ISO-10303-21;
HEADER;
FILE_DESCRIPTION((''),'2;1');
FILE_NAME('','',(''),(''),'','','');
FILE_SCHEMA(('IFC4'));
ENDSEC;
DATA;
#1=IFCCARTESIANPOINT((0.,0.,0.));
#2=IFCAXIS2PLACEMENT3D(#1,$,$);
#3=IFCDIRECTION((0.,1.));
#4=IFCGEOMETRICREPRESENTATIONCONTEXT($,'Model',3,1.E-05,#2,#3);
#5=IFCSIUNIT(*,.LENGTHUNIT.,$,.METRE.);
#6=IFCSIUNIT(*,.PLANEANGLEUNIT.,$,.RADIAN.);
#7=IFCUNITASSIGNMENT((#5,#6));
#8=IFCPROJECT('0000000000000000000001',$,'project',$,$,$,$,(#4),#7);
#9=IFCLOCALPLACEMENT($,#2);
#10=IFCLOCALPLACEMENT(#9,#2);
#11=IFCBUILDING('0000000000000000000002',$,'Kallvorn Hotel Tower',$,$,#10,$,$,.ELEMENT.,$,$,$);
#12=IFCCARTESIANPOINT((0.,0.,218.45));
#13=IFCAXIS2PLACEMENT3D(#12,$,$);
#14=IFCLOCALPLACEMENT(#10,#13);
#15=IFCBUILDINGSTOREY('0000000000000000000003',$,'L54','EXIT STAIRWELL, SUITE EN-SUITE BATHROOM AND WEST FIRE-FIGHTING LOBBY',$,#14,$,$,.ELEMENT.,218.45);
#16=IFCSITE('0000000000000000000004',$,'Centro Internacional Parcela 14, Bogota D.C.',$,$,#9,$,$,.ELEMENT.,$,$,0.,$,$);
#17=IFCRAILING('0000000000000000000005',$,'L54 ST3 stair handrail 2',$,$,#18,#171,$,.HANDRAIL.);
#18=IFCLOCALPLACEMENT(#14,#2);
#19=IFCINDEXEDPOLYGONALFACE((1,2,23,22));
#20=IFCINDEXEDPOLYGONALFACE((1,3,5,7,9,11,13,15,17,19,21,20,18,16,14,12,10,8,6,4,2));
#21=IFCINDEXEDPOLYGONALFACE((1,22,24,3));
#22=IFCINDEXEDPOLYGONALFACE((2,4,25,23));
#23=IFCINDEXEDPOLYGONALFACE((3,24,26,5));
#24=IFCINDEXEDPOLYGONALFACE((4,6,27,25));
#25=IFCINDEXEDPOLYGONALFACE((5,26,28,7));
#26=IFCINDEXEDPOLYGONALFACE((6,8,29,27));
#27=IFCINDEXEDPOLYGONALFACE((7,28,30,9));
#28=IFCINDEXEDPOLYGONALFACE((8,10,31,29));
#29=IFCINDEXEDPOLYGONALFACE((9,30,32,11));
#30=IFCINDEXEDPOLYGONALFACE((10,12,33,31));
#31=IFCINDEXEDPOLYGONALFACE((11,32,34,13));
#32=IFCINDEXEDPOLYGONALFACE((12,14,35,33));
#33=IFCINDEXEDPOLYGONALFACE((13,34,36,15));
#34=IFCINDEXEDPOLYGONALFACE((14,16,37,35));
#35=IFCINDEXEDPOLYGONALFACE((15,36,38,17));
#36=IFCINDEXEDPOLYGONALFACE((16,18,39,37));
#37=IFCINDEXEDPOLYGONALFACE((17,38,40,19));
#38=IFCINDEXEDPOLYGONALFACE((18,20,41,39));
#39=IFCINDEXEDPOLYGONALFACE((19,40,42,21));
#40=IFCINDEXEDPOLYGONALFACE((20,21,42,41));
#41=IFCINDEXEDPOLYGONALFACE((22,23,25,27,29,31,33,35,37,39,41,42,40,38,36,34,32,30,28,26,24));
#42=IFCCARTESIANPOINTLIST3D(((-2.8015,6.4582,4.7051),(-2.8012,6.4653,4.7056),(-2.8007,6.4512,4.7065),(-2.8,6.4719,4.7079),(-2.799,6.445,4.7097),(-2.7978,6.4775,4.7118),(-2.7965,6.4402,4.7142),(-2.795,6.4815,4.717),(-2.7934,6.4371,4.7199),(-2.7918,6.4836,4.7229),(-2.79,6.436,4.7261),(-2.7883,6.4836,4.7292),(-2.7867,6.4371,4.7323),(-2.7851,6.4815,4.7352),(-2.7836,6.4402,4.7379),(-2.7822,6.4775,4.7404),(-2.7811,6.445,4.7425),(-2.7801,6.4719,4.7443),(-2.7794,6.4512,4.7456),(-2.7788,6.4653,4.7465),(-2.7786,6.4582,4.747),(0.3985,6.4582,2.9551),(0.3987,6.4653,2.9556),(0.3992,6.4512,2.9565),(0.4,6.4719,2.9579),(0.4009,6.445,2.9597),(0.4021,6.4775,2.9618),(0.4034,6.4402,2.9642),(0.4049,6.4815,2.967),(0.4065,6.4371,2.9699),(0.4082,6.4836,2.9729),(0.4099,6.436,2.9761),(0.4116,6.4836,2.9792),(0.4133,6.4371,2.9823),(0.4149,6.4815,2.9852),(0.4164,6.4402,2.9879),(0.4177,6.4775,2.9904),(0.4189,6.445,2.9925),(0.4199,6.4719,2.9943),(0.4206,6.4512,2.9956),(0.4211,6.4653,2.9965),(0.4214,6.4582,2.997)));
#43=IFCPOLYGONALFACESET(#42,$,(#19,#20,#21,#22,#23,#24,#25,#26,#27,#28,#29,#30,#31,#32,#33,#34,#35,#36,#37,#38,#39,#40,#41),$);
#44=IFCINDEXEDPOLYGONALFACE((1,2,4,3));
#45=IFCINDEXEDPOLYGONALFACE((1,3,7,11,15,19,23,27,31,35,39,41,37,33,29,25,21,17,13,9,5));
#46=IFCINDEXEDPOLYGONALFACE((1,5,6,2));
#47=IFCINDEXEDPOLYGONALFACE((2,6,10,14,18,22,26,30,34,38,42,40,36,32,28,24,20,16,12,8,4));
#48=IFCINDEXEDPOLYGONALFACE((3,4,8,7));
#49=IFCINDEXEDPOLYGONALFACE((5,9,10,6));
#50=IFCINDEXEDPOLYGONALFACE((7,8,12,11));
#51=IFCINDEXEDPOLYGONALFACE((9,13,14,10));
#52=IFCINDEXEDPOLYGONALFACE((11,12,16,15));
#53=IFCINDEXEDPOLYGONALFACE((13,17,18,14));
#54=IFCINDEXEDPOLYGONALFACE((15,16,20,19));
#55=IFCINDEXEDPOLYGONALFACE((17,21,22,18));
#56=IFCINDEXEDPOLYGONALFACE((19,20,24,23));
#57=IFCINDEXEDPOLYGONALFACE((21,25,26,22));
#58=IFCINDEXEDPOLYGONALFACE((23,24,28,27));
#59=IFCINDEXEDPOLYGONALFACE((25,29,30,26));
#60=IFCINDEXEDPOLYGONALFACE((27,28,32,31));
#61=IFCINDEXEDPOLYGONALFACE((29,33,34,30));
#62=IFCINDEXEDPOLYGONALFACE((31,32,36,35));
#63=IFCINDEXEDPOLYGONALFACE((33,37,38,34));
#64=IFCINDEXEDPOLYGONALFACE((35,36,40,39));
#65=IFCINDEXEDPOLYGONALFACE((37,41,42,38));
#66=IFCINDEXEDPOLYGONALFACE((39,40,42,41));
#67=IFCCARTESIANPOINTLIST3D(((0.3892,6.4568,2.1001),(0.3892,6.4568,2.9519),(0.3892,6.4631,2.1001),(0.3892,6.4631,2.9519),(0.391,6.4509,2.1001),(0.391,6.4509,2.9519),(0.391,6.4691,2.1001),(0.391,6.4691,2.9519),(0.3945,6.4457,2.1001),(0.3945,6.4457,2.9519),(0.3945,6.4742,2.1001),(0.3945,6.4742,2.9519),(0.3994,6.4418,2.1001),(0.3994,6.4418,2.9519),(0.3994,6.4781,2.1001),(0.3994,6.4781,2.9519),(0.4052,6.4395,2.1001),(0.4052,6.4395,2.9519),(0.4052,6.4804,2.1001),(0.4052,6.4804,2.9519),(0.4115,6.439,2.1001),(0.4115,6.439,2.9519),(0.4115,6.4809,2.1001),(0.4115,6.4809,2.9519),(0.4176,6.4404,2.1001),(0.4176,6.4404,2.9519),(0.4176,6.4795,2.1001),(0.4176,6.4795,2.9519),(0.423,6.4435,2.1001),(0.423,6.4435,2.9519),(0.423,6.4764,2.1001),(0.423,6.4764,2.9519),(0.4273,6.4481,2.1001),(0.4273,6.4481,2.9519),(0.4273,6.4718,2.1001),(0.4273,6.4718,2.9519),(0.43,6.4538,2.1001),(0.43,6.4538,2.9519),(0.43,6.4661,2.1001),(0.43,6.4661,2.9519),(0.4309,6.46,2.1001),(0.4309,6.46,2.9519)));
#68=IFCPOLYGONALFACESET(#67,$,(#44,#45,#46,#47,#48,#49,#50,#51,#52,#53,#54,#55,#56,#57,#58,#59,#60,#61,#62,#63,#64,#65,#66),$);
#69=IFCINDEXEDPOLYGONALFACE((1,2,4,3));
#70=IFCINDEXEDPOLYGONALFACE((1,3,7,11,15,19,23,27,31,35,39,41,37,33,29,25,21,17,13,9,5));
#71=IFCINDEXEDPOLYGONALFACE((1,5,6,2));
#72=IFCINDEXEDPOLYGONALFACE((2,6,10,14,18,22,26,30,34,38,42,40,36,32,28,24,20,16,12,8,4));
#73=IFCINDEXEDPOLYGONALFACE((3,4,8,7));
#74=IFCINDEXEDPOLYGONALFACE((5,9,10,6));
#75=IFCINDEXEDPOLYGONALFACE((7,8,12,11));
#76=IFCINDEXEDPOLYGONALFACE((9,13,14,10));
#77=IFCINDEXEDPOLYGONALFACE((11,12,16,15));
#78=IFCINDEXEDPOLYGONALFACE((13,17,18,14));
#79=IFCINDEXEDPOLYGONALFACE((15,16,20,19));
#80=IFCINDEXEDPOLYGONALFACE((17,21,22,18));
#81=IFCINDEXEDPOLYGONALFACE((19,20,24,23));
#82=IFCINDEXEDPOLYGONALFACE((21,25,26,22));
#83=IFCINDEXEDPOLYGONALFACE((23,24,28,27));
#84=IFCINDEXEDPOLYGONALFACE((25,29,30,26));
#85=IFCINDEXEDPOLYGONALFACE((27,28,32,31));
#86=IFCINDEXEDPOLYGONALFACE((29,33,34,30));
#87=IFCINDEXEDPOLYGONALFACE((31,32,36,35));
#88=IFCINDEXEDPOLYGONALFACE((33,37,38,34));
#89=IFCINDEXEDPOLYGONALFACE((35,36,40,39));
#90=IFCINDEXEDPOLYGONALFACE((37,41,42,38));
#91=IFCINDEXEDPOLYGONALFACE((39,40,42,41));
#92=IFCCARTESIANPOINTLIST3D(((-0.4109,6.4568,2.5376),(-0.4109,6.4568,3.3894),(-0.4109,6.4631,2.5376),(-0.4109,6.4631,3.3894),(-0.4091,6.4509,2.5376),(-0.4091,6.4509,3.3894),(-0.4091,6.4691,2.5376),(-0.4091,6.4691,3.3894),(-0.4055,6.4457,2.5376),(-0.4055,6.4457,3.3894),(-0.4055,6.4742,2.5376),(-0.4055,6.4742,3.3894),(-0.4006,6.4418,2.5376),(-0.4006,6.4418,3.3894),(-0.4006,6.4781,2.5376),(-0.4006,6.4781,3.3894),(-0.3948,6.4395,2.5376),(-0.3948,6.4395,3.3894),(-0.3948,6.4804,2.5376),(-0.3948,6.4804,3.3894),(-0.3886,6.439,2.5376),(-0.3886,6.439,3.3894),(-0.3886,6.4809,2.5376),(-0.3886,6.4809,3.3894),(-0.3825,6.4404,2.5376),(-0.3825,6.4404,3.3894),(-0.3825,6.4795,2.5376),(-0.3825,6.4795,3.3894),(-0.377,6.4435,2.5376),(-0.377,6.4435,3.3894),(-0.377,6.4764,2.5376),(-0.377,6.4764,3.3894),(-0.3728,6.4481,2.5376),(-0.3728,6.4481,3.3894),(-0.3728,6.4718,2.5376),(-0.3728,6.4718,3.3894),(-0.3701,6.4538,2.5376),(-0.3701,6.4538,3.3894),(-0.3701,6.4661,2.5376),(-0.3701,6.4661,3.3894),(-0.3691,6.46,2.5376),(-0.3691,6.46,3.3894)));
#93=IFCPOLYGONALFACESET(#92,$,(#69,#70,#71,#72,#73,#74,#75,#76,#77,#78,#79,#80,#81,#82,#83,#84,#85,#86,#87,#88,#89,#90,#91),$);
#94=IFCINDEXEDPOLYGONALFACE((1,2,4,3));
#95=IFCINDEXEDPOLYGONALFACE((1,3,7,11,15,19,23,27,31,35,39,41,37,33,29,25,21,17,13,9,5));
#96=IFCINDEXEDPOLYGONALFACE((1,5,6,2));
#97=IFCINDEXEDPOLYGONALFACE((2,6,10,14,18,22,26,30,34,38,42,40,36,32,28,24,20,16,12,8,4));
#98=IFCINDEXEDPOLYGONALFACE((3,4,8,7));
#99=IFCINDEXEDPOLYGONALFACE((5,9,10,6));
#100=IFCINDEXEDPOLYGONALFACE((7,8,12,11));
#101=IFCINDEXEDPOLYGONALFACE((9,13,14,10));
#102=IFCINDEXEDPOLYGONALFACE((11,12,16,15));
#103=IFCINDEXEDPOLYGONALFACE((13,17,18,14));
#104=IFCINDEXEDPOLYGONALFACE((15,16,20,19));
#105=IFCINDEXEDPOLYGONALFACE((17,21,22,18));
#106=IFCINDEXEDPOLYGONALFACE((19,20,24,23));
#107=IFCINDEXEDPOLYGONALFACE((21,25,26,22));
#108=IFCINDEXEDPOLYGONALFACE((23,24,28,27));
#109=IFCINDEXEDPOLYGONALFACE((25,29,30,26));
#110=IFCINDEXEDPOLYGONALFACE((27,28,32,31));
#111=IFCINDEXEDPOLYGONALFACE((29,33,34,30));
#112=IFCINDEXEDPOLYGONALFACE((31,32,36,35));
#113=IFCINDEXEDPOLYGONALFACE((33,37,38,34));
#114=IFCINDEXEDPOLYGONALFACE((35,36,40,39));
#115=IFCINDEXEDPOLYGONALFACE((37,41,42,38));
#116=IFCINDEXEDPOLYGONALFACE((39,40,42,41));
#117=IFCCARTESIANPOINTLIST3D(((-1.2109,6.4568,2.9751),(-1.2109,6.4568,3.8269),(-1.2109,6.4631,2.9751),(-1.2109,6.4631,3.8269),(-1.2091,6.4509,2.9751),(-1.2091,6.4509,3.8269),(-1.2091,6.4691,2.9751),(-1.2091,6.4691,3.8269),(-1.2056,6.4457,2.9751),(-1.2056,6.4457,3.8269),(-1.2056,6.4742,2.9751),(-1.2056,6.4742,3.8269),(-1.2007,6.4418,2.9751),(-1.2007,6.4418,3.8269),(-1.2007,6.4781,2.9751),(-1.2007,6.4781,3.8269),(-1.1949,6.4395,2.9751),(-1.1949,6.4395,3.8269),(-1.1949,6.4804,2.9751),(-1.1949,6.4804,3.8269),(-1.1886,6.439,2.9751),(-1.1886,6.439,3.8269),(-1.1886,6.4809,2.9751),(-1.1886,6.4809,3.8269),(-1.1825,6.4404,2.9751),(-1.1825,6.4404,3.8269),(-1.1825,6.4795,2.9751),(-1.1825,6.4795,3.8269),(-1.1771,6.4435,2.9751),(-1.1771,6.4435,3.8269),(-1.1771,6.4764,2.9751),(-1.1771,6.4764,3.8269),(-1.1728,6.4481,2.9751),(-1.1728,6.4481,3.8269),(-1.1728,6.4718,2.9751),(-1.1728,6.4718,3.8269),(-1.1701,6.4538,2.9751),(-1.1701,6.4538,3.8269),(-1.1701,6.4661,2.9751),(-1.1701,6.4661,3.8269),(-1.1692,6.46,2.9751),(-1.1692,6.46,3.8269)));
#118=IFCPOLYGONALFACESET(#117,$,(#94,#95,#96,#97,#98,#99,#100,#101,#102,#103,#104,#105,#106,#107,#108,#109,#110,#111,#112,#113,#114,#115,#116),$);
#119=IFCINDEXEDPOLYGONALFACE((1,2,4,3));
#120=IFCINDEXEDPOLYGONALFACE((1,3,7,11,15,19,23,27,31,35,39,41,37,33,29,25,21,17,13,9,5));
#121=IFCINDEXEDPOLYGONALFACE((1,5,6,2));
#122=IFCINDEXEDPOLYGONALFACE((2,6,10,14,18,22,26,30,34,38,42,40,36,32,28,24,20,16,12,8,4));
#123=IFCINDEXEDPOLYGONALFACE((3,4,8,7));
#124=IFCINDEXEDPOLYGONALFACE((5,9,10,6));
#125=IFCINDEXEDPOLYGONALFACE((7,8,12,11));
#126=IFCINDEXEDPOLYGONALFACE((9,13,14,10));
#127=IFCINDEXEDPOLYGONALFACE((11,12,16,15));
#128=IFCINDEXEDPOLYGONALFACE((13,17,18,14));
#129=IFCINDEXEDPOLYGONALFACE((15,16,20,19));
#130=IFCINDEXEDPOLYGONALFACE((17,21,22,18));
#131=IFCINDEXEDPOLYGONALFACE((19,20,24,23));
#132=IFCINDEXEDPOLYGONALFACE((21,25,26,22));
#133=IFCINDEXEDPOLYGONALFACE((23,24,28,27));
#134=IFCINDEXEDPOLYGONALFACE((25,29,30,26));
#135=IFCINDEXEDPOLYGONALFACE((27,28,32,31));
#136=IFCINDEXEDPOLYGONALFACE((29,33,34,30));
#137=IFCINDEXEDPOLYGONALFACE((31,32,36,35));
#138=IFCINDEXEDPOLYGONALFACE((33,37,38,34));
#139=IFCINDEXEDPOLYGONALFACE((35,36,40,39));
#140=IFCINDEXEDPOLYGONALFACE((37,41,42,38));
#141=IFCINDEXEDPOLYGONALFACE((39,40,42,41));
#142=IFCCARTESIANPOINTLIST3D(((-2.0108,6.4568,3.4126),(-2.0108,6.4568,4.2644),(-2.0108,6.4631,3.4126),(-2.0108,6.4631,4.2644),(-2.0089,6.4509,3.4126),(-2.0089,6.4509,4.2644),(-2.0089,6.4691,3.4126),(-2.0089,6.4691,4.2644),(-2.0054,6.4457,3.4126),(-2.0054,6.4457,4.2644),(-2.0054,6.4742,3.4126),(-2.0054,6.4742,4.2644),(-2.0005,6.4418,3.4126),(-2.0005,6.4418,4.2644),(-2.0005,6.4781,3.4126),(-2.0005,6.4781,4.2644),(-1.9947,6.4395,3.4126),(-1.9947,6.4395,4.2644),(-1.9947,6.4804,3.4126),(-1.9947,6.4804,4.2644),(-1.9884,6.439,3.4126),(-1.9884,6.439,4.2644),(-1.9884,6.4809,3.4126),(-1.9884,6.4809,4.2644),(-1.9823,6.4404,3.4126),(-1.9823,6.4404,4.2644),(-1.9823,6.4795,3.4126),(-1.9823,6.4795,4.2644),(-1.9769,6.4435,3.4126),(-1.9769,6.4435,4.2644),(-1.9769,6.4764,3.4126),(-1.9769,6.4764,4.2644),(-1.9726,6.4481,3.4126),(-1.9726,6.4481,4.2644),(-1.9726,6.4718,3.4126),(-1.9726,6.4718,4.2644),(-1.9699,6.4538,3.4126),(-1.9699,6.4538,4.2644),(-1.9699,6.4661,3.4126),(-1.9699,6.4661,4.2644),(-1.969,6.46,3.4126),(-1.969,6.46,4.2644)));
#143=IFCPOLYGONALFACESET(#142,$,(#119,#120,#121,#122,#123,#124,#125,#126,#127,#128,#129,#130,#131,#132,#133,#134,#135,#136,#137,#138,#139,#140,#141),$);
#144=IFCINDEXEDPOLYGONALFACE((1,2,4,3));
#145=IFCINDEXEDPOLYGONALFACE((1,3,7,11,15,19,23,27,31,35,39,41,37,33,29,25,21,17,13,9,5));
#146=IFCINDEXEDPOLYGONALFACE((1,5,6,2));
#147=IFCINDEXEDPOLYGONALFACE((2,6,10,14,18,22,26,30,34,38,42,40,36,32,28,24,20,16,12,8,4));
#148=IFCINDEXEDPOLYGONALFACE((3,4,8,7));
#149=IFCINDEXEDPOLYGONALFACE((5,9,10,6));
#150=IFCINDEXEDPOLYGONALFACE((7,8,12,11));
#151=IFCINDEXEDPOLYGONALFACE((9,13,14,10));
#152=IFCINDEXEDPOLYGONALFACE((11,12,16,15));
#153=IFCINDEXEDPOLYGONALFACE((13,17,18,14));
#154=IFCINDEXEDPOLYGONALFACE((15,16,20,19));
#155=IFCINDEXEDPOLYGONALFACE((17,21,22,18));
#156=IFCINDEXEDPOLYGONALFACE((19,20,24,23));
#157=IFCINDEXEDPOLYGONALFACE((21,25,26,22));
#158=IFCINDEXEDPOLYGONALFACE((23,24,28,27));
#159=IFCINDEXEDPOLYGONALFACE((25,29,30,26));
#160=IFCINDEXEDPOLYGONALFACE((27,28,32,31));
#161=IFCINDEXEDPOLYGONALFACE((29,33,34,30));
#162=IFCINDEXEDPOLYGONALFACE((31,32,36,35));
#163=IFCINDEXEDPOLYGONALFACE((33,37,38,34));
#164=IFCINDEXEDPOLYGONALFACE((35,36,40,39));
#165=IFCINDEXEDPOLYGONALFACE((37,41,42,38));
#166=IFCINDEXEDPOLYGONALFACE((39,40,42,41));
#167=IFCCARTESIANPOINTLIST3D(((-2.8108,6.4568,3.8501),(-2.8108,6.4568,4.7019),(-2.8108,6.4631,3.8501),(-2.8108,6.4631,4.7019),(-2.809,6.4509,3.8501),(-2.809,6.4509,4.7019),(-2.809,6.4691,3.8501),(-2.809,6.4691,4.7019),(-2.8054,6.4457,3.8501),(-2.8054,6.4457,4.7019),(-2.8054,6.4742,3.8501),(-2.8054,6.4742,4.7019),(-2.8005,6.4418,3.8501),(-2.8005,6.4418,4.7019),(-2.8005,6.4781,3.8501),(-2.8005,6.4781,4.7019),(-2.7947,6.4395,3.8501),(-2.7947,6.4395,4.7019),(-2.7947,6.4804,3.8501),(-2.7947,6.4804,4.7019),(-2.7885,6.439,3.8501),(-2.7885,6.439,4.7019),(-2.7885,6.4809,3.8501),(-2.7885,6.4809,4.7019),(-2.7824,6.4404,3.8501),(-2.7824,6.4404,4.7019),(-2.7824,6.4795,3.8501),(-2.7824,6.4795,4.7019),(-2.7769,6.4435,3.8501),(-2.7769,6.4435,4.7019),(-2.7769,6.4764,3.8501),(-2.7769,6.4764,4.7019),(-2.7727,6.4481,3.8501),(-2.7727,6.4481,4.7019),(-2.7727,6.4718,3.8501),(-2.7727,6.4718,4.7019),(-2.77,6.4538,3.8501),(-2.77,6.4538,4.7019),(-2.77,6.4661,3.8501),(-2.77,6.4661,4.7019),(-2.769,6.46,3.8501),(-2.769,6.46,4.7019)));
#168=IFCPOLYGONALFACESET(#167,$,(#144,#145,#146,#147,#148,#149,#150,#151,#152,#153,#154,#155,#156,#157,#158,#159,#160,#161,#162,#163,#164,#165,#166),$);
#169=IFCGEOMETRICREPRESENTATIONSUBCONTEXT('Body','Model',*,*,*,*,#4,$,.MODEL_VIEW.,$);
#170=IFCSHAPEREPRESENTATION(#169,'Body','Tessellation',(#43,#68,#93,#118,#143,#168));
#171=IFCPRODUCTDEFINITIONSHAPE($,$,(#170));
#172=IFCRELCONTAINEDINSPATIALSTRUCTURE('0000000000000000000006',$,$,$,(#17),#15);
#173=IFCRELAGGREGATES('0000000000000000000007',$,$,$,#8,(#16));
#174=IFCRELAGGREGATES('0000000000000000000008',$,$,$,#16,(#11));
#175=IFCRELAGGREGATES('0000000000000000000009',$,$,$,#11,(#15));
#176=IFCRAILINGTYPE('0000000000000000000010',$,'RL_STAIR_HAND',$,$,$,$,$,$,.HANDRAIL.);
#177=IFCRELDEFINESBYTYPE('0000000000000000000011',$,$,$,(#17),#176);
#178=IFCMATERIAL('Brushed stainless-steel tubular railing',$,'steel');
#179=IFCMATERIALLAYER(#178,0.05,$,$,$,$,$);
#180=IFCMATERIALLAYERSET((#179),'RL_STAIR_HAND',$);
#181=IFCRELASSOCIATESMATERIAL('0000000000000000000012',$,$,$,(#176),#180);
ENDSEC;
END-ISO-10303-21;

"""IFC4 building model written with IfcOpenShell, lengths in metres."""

from ifc_helpers import new_model, si_unit, direction, frame, origin, origin_2d, place, context, subcontext, project, spatial, circle, extrude, material, layer, layer_set, type_object, element, save


model = new_model("IFC4")

# Units and contexts
model_context = context("Model", 3, precision=1e-05, world=origin(), true_north=direction((0.0, 1.0)))
body_context = subcontext(model_context, "Body", "Model", "MODEL_VIEW")
ifc_project = project(units=[si_unit("LENGTHUNIT", "METRE"), si_unit("PLANEANGLEUNIT", "RADIAN")], contexts=[model_context])

# Site, building, storey
site_placement = place(None, origin())
site = spatial("IfcSite", under=ifc_project, at=site_placement, Name="Centro Internacional Parcela 14, Bogota D.C.", CompositionType="ELEMENT", RefElevation=0.0)
building_placement = place(site_placement, origin())
building = spatial("IfcBuilding", under=site, at=building_placement, Name="Kallvorn Hotel Tower", CompositionType="ELEMENT")
storey_placement = place(building_placement, frame((0.0, 0.0, 218.45)))
storey = spatial("IfcBuildingStorey", under=building, at=storey_placement, Name="L54", Description="EXIT STAIRWELL, SUITE EN-SUITE BATHROOM AND WEST FIRE-FIGHTING LOBBY", CompositionType="ELEMENT", Elevation=218.45)

# Railing
ifc_material_1 = material(Name="Brushed stainless-steel tubular railing", Category="steel")
ifc_layer_1 = layer(ifc_material_1, 0.05)
ifc_layer_set_1 = layer_set([ifc_layer_1], Name="RL_STAIR_HAND")
railing_type_1 = type_object("IfcRailingType", Name="RL_STAIR_HAND", PredefinedType="HANDRAIL", material=ifc_layer_set_1)
railing_1_placement = place(storey_placement, frame((0.4099, 6.46, 2.1001)))
element("IfcRailing", 1, at=railing_1_placement, inside=storey, type_object=railing_type_1, Name="L54 ST3 stair handrail 2", PredefinedType="HANDRAIL", context=body_context, shape_type="SweptSolid", body=[
    extrude(circle(Radius=0.0239, at=origin_2d()), frame((0.0, 0.0, 0.876), z_axis=(-0.877368, 0.0, 0.479818), x_axis=(0.0, -1.0, 0.0)), (0.0, 0.0, 1.0), 3.6472),
    extrude(circle(Radius=0.021, at=origin_2d()), origin(), (0.0, 0.0, 1.0), 0.8518),
    extrude(circle(Radius=0.021, at=origin_2d()), frame((-0.8, 0.0, 0.4375)), (0.0, 0.0, 1.0), 0.8518),
    extrude(circle(Radius=0.021, at=origin_2d()), frame((-1.6001, 0.0, 0.875)), (0.0, 0.0, 1.0), 0.8518),
    extrude(circle(Radius=0.021, at=origin_2d()), frame((-2.3999, 0.0, 1.3125)), (0.0, 0.0, 1.0), 0.8518),
    extrude(circle(Radius=0.021, at=origin_2d()), frame((-3.2, 0.0, 1.75)), (0.0, 0.0, 1.0), 0.8518),
])

save(model, "model.ifc")
